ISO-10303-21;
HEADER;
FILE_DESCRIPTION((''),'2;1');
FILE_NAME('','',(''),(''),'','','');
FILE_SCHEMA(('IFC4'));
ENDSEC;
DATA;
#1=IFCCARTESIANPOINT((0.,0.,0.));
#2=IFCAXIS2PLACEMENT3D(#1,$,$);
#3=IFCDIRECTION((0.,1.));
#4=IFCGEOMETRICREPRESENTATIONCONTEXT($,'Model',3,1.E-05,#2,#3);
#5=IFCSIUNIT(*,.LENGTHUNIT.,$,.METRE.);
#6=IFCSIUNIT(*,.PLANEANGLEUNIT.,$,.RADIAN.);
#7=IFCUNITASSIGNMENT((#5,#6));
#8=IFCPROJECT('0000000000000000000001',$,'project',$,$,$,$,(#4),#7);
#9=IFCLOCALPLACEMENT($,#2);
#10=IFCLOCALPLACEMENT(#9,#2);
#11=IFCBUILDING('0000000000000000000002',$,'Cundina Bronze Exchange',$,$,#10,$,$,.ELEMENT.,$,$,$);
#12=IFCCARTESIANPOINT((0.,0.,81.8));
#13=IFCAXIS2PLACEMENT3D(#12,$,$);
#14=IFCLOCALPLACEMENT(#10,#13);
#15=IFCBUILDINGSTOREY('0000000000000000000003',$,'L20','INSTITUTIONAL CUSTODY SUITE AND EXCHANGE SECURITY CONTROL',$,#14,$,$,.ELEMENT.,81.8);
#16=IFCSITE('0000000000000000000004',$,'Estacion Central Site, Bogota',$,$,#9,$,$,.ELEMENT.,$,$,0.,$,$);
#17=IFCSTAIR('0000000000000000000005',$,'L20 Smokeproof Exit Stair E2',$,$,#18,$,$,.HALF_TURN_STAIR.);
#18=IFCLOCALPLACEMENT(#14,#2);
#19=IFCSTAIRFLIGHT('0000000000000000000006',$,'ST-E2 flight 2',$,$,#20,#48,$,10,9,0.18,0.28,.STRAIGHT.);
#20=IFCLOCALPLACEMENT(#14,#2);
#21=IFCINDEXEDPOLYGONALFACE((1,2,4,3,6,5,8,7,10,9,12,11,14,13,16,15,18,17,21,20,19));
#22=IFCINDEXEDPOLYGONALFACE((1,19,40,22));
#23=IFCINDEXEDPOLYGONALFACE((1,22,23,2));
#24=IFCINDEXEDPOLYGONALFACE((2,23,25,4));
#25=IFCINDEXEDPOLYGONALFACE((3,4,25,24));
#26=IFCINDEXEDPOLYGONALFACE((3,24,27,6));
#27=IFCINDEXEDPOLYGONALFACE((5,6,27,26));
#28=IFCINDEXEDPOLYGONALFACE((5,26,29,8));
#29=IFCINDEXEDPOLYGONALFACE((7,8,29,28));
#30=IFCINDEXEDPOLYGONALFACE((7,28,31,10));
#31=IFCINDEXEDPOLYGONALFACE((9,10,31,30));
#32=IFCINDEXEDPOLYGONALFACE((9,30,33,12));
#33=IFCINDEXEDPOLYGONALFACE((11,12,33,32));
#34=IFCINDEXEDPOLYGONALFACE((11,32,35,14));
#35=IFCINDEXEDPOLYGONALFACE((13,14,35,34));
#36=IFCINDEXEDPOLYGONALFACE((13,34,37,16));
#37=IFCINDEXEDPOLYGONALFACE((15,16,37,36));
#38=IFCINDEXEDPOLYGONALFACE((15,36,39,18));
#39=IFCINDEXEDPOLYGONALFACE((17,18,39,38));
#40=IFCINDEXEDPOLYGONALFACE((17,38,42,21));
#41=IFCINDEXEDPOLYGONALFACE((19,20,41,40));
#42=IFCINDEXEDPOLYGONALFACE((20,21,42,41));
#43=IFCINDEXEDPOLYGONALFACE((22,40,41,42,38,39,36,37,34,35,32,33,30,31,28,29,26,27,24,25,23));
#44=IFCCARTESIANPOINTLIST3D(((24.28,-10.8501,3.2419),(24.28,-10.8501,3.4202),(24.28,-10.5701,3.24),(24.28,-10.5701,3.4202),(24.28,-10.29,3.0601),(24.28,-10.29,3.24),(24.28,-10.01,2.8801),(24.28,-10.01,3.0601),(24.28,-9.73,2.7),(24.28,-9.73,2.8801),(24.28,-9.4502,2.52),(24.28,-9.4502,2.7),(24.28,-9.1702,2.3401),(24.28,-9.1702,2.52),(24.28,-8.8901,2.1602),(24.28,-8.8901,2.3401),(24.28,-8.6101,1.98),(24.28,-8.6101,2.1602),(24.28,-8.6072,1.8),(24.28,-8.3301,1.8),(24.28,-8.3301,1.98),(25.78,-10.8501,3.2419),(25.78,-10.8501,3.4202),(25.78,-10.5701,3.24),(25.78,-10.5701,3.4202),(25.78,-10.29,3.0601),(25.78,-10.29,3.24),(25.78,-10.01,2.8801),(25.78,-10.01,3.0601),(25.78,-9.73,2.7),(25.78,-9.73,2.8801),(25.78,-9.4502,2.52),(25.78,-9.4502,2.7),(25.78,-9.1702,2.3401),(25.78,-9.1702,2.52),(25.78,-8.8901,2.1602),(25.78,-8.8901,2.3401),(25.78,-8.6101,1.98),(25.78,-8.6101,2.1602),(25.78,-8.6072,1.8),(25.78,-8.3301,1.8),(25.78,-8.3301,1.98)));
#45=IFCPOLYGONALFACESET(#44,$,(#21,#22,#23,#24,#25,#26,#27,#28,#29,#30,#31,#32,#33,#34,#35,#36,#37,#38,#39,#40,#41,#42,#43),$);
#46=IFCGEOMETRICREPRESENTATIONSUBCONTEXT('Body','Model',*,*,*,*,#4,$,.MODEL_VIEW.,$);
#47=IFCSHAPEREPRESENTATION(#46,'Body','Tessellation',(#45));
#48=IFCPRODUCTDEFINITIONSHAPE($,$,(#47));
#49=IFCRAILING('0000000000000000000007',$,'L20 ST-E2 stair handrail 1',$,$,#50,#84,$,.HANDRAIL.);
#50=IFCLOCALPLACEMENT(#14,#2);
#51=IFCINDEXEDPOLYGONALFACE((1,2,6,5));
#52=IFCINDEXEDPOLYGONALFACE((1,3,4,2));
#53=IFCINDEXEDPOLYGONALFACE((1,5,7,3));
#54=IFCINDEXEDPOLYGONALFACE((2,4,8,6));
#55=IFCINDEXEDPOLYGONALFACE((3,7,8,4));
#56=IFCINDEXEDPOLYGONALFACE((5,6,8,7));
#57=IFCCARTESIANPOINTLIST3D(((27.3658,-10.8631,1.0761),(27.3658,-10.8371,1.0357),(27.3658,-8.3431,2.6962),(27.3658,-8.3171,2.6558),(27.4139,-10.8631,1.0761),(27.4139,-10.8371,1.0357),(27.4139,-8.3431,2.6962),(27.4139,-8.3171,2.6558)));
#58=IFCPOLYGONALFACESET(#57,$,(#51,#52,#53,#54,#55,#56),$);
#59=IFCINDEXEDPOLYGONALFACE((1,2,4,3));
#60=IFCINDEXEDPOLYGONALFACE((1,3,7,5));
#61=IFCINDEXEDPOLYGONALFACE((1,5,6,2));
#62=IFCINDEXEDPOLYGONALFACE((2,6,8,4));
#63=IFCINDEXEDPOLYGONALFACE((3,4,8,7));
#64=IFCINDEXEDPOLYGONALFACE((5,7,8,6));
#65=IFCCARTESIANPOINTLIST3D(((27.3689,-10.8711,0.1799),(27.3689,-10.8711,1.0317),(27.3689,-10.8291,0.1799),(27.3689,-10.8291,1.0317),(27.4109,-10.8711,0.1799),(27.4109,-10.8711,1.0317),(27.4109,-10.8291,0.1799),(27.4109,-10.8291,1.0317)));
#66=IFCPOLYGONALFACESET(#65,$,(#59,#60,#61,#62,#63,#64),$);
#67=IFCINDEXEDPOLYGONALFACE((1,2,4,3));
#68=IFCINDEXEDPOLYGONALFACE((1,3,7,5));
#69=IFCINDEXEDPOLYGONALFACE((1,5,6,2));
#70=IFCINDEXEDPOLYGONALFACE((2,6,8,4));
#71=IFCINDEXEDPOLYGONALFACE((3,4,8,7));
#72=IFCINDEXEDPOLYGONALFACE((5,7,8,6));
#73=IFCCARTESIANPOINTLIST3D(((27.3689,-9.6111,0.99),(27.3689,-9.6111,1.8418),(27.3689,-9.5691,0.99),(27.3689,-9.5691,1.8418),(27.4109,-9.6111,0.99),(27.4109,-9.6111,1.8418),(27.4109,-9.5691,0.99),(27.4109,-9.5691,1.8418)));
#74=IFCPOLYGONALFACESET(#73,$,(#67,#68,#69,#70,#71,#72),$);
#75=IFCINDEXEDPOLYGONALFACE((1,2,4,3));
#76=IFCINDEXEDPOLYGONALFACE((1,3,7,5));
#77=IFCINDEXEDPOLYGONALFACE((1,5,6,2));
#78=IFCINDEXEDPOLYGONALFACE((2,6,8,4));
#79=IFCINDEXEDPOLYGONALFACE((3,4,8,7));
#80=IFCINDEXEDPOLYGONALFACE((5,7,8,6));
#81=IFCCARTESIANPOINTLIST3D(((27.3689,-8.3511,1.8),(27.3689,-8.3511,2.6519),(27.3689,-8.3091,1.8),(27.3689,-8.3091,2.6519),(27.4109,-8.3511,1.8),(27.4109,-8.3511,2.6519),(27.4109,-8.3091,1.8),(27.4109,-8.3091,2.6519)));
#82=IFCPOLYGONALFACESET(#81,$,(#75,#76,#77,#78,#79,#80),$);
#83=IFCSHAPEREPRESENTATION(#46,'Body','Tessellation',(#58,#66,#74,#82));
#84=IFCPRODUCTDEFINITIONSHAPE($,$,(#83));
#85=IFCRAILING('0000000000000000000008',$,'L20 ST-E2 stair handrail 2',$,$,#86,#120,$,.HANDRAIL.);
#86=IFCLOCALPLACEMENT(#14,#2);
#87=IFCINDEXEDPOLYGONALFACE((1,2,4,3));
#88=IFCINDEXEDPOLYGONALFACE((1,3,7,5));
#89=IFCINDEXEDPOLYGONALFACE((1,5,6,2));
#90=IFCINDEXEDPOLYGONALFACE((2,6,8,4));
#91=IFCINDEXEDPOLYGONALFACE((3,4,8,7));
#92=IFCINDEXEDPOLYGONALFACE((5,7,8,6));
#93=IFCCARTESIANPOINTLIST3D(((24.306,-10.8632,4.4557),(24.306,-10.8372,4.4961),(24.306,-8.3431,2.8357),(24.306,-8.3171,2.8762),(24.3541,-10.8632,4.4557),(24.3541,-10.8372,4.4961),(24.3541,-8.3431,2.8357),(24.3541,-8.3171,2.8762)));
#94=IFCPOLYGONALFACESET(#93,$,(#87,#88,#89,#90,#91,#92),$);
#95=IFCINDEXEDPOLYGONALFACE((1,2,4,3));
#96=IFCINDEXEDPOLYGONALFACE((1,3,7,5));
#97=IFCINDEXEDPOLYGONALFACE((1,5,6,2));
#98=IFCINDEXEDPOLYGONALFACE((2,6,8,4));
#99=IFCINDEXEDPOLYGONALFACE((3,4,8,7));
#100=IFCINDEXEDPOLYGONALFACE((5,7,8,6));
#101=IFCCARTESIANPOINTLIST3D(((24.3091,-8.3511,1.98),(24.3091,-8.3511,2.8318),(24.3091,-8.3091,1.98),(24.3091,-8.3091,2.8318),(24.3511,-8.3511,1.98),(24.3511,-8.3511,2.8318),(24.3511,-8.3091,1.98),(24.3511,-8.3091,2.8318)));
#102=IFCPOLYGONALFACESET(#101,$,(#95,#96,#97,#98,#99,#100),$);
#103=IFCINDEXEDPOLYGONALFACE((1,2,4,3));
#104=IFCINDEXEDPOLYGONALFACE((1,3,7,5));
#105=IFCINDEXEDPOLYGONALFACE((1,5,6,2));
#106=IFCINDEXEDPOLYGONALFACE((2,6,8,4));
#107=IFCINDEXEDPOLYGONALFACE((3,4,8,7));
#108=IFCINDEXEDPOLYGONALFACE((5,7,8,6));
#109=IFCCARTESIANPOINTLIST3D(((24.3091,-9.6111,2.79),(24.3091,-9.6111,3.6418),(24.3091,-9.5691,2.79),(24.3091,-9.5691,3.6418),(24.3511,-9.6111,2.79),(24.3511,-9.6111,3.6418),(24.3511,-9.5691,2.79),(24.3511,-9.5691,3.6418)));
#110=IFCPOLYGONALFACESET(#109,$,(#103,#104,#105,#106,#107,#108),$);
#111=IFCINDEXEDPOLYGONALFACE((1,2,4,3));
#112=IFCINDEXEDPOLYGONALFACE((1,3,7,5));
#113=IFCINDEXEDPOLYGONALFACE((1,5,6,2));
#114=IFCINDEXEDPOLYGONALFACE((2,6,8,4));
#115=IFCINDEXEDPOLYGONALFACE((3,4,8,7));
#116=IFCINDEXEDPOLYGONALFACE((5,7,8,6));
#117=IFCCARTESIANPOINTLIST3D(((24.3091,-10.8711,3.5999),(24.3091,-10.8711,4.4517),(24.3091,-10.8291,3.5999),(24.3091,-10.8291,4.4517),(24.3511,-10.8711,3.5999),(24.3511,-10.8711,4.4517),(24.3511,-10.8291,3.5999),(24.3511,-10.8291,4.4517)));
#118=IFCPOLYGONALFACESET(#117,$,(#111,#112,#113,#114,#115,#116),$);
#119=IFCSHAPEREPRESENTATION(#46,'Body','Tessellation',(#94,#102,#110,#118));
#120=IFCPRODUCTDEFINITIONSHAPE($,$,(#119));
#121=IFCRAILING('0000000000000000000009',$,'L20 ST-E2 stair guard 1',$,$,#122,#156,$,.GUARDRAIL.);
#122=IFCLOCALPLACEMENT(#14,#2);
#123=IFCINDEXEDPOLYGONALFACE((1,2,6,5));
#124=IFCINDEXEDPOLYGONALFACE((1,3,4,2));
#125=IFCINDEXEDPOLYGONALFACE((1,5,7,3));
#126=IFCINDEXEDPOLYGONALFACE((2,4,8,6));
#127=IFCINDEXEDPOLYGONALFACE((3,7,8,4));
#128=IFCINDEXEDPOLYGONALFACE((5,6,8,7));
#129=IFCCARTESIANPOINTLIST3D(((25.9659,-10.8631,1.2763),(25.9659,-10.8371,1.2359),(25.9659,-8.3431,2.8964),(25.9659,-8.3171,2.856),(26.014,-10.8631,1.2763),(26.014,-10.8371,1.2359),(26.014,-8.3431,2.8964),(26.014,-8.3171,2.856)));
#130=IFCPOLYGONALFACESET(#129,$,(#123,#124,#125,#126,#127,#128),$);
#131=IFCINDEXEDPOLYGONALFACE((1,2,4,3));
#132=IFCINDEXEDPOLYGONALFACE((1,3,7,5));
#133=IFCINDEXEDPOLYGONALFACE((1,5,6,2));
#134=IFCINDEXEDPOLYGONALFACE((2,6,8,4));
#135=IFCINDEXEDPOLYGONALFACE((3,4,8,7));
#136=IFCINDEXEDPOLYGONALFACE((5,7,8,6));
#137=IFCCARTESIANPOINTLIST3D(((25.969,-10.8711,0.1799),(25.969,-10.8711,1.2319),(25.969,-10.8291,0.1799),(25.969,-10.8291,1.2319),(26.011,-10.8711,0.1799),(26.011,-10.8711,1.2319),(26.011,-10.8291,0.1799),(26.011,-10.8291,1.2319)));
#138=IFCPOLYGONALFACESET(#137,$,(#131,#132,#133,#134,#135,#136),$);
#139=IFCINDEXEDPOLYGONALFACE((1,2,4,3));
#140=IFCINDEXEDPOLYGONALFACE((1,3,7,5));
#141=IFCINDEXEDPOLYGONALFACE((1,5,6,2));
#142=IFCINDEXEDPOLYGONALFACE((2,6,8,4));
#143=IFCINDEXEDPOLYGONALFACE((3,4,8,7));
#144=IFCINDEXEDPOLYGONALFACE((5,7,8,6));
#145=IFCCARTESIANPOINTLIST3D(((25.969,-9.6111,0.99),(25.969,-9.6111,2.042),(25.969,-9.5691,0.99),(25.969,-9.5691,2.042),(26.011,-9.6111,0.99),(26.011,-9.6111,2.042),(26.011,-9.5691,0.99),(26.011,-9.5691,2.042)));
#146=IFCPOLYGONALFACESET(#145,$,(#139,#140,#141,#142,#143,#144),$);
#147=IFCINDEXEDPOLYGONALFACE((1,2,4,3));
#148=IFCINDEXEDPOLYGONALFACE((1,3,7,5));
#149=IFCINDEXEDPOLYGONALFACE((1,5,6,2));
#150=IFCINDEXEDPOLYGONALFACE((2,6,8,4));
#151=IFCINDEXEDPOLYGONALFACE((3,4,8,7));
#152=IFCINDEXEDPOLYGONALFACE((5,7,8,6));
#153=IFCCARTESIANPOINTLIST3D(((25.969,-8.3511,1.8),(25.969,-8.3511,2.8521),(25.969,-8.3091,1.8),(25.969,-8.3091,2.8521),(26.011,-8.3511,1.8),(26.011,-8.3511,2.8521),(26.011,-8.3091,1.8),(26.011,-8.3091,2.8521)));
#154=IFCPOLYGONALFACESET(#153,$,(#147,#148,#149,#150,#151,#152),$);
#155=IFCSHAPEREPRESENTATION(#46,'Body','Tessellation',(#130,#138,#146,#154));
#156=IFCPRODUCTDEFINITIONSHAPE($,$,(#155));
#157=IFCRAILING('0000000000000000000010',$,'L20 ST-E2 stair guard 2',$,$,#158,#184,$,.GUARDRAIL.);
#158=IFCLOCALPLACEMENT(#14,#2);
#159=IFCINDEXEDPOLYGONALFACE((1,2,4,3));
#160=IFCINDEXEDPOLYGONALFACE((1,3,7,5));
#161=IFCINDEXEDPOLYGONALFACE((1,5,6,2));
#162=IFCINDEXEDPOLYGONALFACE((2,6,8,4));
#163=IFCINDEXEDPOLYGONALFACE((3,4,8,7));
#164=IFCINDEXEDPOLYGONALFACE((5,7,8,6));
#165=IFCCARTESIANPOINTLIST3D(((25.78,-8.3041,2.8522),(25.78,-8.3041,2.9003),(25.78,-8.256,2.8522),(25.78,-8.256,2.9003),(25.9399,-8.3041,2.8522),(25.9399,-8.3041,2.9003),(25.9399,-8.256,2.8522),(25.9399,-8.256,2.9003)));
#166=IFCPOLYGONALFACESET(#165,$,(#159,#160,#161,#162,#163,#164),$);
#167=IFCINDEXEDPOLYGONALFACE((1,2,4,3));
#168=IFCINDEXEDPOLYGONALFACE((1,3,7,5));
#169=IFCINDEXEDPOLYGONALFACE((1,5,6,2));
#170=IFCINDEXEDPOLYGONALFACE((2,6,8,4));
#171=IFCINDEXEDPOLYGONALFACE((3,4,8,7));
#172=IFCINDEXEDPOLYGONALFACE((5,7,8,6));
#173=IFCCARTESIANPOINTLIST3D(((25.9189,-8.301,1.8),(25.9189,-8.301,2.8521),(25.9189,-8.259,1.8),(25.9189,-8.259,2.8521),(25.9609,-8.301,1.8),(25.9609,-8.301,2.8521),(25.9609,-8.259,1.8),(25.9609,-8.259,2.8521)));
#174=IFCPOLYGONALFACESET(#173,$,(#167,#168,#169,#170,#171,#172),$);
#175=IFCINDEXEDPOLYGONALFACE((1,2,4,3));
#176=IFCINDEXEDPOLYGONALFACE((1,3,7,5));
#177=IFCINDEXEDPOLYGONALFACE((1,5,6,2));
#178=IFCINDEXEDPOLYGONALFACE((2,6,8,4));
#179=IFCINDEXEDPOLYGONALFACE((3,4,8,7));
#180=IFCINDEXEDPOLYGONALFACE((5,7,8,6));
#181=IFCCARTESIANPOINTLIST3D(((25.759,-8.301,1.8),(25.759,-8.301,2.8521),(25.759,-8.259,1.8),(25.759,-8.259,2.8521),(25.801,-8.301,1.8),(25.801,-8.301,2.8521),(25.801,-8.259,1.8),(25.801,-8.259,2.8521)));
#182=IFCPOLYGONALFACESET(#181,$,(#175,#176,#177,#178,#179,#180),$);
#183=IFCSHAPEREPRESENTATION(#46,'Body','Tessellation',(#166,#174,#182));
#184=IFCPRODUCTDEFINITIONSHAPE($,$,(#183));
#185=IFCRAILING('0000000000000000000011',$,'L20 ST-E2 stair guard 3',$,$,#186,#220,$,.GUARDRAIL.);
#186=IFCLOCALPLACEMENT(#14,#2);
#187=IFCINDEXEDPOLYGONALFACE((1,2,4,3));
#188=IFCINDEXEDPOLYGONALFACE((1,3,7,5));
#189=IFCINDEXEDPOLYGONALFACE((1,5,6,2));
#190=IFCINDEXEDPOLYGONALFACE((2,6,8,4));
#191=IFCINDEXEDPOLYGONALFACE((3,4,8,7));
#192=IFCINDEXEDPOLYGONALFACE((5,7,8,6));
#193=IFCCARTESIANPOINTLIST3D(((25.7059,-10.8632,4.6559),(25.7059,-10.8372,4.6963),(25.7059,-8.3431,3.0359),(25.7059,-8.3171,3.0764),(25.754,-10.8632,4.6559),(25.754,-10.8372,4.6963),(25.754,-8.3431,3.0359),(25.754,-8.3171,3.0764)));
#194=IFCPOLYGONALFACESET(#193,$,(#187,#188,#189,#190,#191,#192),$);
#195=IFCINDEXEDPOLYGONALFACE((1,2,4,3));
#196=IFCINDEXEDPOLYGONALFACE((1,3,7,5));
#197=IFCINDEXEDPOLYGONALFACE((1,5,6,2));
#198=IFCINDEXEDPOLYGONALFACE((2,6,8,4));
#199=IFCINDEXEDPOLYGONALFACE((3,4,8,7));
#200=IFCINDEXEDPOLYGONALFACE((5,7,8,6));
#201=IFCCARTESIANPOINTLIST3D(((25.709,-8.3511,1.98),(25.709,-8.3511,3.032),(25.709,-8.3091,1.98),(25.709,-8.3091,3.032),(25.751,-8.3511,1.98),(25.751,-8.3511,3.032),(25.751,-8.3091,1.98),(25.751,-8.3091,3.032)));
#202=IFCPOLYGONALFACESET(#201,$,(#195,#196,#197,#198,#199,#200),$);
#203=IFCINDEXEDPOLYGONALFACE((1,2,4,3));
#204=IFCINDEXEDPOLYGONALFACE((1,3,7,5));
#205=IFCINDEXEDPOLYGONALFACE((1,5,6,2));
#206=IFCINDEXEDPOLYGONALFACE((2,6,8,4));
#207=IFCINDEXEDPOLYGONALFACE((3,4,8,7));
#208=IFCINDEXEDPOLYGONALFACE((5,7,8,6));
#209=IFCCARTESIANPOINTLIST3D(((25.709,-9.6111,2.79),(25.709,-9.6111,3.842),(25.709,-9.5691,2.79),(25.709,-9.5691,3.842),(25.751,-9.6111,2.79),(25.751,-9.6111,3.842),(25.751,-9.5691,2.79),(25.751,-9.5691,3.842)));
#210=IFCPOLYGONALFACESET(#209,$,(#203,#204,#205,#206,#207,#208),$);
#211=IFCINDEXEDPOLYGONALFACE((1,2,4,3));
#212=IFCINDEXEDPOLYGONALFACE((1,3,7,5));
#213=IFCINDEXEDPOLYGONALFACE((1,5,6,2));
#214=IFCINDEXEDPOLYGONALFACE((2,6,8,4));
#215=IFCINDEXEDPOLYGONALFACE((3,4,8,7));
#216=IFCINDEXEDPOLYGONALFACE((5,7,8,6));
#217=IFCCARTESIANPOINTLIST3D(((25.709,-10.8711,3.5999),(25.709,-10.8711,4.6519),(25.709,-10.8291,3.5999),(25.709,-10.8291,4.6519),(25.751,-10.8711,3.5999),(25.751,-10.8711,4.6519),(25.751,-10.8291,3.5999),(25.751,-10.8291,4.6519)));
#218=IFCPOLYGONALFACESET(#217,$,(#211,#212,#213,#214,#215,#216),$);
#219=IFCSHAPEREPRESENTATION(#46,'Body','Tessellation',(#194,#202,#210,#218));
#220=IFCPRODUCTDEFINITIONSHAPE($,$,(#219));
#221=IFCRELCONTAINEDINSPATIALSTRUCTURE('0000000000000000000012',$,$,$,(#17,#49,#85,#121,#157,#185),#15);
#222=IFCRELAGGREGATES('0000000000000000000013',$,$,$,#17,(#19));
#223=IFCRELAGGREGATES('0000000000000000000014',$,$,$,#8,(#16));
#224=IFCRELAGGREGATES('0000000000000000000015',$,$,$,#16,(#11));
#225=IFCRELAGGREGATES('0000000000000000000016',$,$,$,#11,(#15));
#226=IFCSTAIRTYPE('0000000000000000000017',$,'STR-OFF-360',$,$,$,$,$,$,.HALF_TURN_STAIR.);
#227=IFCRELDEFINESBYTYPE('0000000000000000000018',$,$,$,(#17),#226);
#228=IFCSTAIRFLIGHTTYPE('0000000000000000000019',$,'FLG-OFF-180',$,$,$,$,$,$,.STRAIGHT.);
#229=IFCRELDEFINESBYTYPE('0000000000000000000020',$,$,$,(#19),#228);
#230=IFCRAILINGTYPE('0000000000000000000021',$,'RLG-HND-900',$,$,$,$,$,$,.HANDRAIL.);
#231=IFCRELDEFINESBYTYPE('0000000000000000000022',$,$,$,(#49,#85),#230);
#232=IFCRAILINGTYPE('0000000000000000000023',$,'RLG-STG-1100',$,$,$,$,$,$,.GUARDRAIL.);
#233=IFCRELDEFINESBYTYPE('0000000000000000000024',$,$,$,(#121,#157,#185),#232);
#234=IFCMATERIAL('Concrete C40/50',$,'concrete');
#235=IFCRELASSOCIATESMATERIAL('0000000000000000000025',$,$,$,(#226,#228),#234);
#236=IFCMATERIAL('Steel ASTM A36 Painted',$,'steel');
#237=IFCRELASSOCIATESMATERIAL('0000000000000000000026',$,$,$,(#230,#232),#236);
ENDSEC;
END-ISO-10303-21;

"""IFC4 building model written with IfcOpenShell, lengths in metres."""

from ifc_helpers import new_model, si_unit, direction, frame, origin, origin_2d, place, context, subcontext, project, spatial, polyline, rectangle, outline, extrude, material, type_object, element, aggregate, save


model = new_model("IFC4")

# Units and contexts
model_context = context("Model", 3, precision=1e-05, world=origin(), true_north=direction((0.0, 1.0)))
body_context = subcontext(model_context, "Body", "Model", "MODEL_VIEW")
ifc_project = project(units=[si_unit("LENGTHUNIT", "METRE"), si_unit("PLANEANGLEUNIT", "RADIAN")], contexts=[model_context])

# Site, building, storey
site_placement = place(None, origin())
site = spatial("IfcSite", under=ifc_project, at=site_placement, Name="Estacion Central Site, Bogota", CompositionType="ELEMENT", RefElevation=0.0)
building_placement = place(site_placement, origin())
building = spatial("IfcBuilding", under=site, at=building_placement, Name="Cundina Bronze Exchange", CompositionType="ELEMENT")
storey_placement = place(building_placement, frame((0.0, 0.0, 81.8)))
storey = spatial("IfcBuildingStorey", under=building, at=storey_placement, Name="L20", Description="INSTITUTIONAL CUSTODY SUITE AND EXCHANGE SECURITY CONTROL", CompositionType="ELEMENT", Elevation=81.8)

# Shared definitions
ifc_material_1 = material(Name="Steel ASTM A36 Painted", Category="steel")

# Stair, stair flight
ifc_material_2 = material(Name="Concrete C40/50", Category="concrete")
stair_type = type_object("IfcStairType", Name="STR-OFF-360", PredefinedType="HALF_TURN_STAIR", material=ifc_material_2)
stair_placement = place(storey_placement, origin())
stair = element("IfcStair", 1, at=stair_placement, inside=storey, type_object=stair_type, Name="L20 Smokeproof Exit Stair E2", PredefinedType="HALF_TURN_STAIR")
stair_flight_type = type_object("IfcStairFlightType", Name="FLG-OFF-180", PredefinedType="STRAIGHT", material=ifc_material_2)
stair_flight_1_placement = place(storey_placement, frame((25.03, -8.3301, 1.8), z_axis=(0.0, 0.0, 1.0), x_axis=(0.0, -1.0, 0.0)))
stair_flight_1 = element("IfcStairFlight", 2, at=stair_flight_1_placement, type_object=stair_flight_type, Name="ST-E2 flight 2", NumberOfRisers=10, NumberOfTreads=9, PredefinedType="STRAIGHT", RiserHeight=0.18, TreadLength=0.28, context=body_context, shape_type="SweptSolid", body=[
    extrude(outline(polyline([(0.0, 0.0), (0.0, 0.1799), (0.28, 0.1799), (0.28, 0.3601), (0.5601, 0.3601), (0.5601, 0.54), (0.8401, 0.54), (0.8401, 0.72), (1.1201, 0.72), (1.1201, 0.8999), (1.3999, 0.8999), (1.3999, 1.0801), (1.6799, 1.0801), (1.6799, 1.26), (1.96, 1.26), (1.96, 1.4399), (2.24, 1.4399), (2.24, 1.6201), (2.52, 1.6201), (2.52, 1.8), (2.52, 1.4419), (0.2771, 0.0), (0.0, 0.0)])), frame((0.0, 0.75, 0.0), z_axis=(0.0, -1.0, 0.0), x_axis=(1.0, 0.0, 0.0)), (0.0, 0.0, 1.0), 1.5),
])
aggregate(stair, [stair_flight_1])

# Railings
railing_type_1 = type_object("IfcRailingType", Name="RLG-HND-900", PredefinedType="HANDRAIL", material=ifc_material_1)
railing_1_placement = place(storey_placement, frame((27.3899, -10.8501, 0.1799)))
element("IfcRailing", 3, at=railing_1_placement, inside=storey, type_object=railing_type_1, Name="L20 ST-E2 stair handrail 1", PredefinedType="HANDRAIL", context=body_context, shape_type="SweptSolid", body=[
    extrude(rectangle(XDim=0.0481, YDim=0.0481, at=origin_2d()), frame((0.0, 0.0, 0.876), z_axis=(0.0, 0.841163, 0.540782), x_axis=(-1.0, 0.0, 0.0)), (0.0, 0.0, 1.0), 2.9958),
    extrude(rectangle(XDim=0.042, YDim=0.042, at=origin_2d()), origin(), (0.0, 0.0, 1.0), 0.8518),
    extrude(rectangle(XDim=0.042, YDim=0.042, at=origin_2d()), frame((0.0, 1.26, 0.8101)), (0.0, 0.0, 1.0), 0.8518),
    extrude(rectangle(XDim=0.042, YDim=0.042, at=origin_2d()), frame((0.0, 2.52, 1.6201)), (0.0, 0.0, 1.0), 0.8518),
])
railing_2_placement = place(storey_placement, frame((24.3301, -8.3301, 1.98)))
element("IfcRailing", 4, at=railing_2_placement, inside=storey, type_object=railing_type_1, Name="L20 ST-E2 stair handrail 2", PredefinedType="HANDRAIL", context=body_context, shape_type="SweptSolid", body=[
    extrude(rectangle(XDim=0.0481, YDim=0.0481, at=origin_2d()), frame((0.0, 0.0, 0.876), z_axis=(0.0, -0.8412, 0.540725), x_axis=(1.0, 0.0, 0.0)), (0.0, 0.0, 1.0), 2.9958),
    extrude(rectangle(XDim=0.042, YDim=0.042, at=origin_2d()), origin(), (0.0, 0.0, 1.0), 0.8518),
    extrude(rectangle(XDim=0.042, YDim=0.042, at=origin_2d()), frame((0.0, -1.26, 0.8101)), (0.0, 0.0, 1.0), 0.8518),
    extrude(rectangle(XDim=0.042, YDim=0.042, at=origin_2d()), frame((0.0, -2.52, 1.6199)), (0.0, 0.0, 1.0), 0.8518),
])
railing_type_2 = type_object("IfcRailingType", Name="RLG-STG-1100", PredefinedType="GUARDRAIL", material=ifc_material_1)
railing_3_placement = place(storey_placement, frame((25.99, -10.8501, 0.1799)))
element("IfcRailing", 5, at=railing_3_placement, inside=storey, type_object=railing_type_2, Name="L20 ST-E2 stair guard 1", PredefinedType="GUARDRAIL", context=body_context, shape_type="SweptSolid", body=[
    extrude(rectangle(XDim=0.0481, YDim=0.0481, at=origin_2d()), frame((0.0, 0.0, 1.0762), z_axis=(0.0, 0.841163, 0.540782), x_axis=(-1.0, 0.0, 0.0)), (0.0, 0.0, 1.0), 2.9958),
    extrude(rectangle(XDim=0.042, YDim=0.042, at=origin_2d()), origin(), (0.0, 0.0, 1.0), 1.052),
    extrude(rectangle(XDim=0.042, YDim=0.042, at=origin_2d()), frame((0.0, 1.26, 0.8101)), (0.0, 0.0, 1.0), 1.052),
    extrude(rectangle(XDim=0.042, YDim=0.042, at=origin_2d()), frame((0.0, 2.52, 1.6201)), (0.0, 0.0, 1.0), 1.052),
])
railing_4_placement = place(storey_placement, frame((25.9399, -8.28, 1.8)))
element("IfcRailing", 6, at=railing_4_placement, inside=storey, type_object=railing_type_2, Name="L20 ST-E2 stair guard 2", PredefinedType="GUARDRAIL", context=body_context, shape_type="SweptSolid", body=[
    extrude(rectangle(XDim=0.0481, YDim=0.0481, at=origin_2d()), frame((0.0, 0.0, 1.0762), z_axis=(-1.0, 0.0, 0.0), x_axis=(0.0, -1.0, 0.0)), (0.0, 0.0, 1.0), 0.1599),
    extrude(rectangle(XDim=0.042, YDim=0.042, at=origin_2d()), origin(), (0.0, 0.0, 1.0), 1.052),
    extrude(rectangle(XDim=0.042, YDim=0.042, at=origin_2d()), frame((-0.1599, 0.0, 0.0)), (0.0, 0.0, 1.0), 1.052),
])
railing_5_placement = place(storey_placement, frame((25.73, -8.3301, 1.98)))
element("IfcRailing", 7, at=railing_5_placement, inside=storey, type_object=railing_type_2, Name="L20 ST-E2 stair guard 3", PredefinedType="GUARDRAIL", context=body_context, shape_type="SweptSolid", body=[
    extrude(rectangle(XDim=0.0481, YDim=0.0481, at=origin_2d()), frame((0.0, 0.0, 1.0762), z_axis=(0.0, -0.8412, 0.540725), x_axis=(1.0, 0.0, 0.0)), (0.0, 0.0, 1.0), 2.9958),
    extrude(rectangle(XDim=0.042, YDim=0.042, at=origin_2d()), origin(), (0.0, 0.0, 1.0), 1.052),
    extrude(rectangle(XDim=0.042, YDim=0.042, at=origin_2d()), frame((0.0, -1.26, 0.8101)), (0.0, 0.0, 1.0), 1.052),
    extrude(rectangle(XDim=0.042, YDim=0.042, at=origin_2d()), frame((0.0, -2.52, 1.6199)), (0.0, 0.0, 1.0), 1.052),
])

save(model, "model.ifc")
